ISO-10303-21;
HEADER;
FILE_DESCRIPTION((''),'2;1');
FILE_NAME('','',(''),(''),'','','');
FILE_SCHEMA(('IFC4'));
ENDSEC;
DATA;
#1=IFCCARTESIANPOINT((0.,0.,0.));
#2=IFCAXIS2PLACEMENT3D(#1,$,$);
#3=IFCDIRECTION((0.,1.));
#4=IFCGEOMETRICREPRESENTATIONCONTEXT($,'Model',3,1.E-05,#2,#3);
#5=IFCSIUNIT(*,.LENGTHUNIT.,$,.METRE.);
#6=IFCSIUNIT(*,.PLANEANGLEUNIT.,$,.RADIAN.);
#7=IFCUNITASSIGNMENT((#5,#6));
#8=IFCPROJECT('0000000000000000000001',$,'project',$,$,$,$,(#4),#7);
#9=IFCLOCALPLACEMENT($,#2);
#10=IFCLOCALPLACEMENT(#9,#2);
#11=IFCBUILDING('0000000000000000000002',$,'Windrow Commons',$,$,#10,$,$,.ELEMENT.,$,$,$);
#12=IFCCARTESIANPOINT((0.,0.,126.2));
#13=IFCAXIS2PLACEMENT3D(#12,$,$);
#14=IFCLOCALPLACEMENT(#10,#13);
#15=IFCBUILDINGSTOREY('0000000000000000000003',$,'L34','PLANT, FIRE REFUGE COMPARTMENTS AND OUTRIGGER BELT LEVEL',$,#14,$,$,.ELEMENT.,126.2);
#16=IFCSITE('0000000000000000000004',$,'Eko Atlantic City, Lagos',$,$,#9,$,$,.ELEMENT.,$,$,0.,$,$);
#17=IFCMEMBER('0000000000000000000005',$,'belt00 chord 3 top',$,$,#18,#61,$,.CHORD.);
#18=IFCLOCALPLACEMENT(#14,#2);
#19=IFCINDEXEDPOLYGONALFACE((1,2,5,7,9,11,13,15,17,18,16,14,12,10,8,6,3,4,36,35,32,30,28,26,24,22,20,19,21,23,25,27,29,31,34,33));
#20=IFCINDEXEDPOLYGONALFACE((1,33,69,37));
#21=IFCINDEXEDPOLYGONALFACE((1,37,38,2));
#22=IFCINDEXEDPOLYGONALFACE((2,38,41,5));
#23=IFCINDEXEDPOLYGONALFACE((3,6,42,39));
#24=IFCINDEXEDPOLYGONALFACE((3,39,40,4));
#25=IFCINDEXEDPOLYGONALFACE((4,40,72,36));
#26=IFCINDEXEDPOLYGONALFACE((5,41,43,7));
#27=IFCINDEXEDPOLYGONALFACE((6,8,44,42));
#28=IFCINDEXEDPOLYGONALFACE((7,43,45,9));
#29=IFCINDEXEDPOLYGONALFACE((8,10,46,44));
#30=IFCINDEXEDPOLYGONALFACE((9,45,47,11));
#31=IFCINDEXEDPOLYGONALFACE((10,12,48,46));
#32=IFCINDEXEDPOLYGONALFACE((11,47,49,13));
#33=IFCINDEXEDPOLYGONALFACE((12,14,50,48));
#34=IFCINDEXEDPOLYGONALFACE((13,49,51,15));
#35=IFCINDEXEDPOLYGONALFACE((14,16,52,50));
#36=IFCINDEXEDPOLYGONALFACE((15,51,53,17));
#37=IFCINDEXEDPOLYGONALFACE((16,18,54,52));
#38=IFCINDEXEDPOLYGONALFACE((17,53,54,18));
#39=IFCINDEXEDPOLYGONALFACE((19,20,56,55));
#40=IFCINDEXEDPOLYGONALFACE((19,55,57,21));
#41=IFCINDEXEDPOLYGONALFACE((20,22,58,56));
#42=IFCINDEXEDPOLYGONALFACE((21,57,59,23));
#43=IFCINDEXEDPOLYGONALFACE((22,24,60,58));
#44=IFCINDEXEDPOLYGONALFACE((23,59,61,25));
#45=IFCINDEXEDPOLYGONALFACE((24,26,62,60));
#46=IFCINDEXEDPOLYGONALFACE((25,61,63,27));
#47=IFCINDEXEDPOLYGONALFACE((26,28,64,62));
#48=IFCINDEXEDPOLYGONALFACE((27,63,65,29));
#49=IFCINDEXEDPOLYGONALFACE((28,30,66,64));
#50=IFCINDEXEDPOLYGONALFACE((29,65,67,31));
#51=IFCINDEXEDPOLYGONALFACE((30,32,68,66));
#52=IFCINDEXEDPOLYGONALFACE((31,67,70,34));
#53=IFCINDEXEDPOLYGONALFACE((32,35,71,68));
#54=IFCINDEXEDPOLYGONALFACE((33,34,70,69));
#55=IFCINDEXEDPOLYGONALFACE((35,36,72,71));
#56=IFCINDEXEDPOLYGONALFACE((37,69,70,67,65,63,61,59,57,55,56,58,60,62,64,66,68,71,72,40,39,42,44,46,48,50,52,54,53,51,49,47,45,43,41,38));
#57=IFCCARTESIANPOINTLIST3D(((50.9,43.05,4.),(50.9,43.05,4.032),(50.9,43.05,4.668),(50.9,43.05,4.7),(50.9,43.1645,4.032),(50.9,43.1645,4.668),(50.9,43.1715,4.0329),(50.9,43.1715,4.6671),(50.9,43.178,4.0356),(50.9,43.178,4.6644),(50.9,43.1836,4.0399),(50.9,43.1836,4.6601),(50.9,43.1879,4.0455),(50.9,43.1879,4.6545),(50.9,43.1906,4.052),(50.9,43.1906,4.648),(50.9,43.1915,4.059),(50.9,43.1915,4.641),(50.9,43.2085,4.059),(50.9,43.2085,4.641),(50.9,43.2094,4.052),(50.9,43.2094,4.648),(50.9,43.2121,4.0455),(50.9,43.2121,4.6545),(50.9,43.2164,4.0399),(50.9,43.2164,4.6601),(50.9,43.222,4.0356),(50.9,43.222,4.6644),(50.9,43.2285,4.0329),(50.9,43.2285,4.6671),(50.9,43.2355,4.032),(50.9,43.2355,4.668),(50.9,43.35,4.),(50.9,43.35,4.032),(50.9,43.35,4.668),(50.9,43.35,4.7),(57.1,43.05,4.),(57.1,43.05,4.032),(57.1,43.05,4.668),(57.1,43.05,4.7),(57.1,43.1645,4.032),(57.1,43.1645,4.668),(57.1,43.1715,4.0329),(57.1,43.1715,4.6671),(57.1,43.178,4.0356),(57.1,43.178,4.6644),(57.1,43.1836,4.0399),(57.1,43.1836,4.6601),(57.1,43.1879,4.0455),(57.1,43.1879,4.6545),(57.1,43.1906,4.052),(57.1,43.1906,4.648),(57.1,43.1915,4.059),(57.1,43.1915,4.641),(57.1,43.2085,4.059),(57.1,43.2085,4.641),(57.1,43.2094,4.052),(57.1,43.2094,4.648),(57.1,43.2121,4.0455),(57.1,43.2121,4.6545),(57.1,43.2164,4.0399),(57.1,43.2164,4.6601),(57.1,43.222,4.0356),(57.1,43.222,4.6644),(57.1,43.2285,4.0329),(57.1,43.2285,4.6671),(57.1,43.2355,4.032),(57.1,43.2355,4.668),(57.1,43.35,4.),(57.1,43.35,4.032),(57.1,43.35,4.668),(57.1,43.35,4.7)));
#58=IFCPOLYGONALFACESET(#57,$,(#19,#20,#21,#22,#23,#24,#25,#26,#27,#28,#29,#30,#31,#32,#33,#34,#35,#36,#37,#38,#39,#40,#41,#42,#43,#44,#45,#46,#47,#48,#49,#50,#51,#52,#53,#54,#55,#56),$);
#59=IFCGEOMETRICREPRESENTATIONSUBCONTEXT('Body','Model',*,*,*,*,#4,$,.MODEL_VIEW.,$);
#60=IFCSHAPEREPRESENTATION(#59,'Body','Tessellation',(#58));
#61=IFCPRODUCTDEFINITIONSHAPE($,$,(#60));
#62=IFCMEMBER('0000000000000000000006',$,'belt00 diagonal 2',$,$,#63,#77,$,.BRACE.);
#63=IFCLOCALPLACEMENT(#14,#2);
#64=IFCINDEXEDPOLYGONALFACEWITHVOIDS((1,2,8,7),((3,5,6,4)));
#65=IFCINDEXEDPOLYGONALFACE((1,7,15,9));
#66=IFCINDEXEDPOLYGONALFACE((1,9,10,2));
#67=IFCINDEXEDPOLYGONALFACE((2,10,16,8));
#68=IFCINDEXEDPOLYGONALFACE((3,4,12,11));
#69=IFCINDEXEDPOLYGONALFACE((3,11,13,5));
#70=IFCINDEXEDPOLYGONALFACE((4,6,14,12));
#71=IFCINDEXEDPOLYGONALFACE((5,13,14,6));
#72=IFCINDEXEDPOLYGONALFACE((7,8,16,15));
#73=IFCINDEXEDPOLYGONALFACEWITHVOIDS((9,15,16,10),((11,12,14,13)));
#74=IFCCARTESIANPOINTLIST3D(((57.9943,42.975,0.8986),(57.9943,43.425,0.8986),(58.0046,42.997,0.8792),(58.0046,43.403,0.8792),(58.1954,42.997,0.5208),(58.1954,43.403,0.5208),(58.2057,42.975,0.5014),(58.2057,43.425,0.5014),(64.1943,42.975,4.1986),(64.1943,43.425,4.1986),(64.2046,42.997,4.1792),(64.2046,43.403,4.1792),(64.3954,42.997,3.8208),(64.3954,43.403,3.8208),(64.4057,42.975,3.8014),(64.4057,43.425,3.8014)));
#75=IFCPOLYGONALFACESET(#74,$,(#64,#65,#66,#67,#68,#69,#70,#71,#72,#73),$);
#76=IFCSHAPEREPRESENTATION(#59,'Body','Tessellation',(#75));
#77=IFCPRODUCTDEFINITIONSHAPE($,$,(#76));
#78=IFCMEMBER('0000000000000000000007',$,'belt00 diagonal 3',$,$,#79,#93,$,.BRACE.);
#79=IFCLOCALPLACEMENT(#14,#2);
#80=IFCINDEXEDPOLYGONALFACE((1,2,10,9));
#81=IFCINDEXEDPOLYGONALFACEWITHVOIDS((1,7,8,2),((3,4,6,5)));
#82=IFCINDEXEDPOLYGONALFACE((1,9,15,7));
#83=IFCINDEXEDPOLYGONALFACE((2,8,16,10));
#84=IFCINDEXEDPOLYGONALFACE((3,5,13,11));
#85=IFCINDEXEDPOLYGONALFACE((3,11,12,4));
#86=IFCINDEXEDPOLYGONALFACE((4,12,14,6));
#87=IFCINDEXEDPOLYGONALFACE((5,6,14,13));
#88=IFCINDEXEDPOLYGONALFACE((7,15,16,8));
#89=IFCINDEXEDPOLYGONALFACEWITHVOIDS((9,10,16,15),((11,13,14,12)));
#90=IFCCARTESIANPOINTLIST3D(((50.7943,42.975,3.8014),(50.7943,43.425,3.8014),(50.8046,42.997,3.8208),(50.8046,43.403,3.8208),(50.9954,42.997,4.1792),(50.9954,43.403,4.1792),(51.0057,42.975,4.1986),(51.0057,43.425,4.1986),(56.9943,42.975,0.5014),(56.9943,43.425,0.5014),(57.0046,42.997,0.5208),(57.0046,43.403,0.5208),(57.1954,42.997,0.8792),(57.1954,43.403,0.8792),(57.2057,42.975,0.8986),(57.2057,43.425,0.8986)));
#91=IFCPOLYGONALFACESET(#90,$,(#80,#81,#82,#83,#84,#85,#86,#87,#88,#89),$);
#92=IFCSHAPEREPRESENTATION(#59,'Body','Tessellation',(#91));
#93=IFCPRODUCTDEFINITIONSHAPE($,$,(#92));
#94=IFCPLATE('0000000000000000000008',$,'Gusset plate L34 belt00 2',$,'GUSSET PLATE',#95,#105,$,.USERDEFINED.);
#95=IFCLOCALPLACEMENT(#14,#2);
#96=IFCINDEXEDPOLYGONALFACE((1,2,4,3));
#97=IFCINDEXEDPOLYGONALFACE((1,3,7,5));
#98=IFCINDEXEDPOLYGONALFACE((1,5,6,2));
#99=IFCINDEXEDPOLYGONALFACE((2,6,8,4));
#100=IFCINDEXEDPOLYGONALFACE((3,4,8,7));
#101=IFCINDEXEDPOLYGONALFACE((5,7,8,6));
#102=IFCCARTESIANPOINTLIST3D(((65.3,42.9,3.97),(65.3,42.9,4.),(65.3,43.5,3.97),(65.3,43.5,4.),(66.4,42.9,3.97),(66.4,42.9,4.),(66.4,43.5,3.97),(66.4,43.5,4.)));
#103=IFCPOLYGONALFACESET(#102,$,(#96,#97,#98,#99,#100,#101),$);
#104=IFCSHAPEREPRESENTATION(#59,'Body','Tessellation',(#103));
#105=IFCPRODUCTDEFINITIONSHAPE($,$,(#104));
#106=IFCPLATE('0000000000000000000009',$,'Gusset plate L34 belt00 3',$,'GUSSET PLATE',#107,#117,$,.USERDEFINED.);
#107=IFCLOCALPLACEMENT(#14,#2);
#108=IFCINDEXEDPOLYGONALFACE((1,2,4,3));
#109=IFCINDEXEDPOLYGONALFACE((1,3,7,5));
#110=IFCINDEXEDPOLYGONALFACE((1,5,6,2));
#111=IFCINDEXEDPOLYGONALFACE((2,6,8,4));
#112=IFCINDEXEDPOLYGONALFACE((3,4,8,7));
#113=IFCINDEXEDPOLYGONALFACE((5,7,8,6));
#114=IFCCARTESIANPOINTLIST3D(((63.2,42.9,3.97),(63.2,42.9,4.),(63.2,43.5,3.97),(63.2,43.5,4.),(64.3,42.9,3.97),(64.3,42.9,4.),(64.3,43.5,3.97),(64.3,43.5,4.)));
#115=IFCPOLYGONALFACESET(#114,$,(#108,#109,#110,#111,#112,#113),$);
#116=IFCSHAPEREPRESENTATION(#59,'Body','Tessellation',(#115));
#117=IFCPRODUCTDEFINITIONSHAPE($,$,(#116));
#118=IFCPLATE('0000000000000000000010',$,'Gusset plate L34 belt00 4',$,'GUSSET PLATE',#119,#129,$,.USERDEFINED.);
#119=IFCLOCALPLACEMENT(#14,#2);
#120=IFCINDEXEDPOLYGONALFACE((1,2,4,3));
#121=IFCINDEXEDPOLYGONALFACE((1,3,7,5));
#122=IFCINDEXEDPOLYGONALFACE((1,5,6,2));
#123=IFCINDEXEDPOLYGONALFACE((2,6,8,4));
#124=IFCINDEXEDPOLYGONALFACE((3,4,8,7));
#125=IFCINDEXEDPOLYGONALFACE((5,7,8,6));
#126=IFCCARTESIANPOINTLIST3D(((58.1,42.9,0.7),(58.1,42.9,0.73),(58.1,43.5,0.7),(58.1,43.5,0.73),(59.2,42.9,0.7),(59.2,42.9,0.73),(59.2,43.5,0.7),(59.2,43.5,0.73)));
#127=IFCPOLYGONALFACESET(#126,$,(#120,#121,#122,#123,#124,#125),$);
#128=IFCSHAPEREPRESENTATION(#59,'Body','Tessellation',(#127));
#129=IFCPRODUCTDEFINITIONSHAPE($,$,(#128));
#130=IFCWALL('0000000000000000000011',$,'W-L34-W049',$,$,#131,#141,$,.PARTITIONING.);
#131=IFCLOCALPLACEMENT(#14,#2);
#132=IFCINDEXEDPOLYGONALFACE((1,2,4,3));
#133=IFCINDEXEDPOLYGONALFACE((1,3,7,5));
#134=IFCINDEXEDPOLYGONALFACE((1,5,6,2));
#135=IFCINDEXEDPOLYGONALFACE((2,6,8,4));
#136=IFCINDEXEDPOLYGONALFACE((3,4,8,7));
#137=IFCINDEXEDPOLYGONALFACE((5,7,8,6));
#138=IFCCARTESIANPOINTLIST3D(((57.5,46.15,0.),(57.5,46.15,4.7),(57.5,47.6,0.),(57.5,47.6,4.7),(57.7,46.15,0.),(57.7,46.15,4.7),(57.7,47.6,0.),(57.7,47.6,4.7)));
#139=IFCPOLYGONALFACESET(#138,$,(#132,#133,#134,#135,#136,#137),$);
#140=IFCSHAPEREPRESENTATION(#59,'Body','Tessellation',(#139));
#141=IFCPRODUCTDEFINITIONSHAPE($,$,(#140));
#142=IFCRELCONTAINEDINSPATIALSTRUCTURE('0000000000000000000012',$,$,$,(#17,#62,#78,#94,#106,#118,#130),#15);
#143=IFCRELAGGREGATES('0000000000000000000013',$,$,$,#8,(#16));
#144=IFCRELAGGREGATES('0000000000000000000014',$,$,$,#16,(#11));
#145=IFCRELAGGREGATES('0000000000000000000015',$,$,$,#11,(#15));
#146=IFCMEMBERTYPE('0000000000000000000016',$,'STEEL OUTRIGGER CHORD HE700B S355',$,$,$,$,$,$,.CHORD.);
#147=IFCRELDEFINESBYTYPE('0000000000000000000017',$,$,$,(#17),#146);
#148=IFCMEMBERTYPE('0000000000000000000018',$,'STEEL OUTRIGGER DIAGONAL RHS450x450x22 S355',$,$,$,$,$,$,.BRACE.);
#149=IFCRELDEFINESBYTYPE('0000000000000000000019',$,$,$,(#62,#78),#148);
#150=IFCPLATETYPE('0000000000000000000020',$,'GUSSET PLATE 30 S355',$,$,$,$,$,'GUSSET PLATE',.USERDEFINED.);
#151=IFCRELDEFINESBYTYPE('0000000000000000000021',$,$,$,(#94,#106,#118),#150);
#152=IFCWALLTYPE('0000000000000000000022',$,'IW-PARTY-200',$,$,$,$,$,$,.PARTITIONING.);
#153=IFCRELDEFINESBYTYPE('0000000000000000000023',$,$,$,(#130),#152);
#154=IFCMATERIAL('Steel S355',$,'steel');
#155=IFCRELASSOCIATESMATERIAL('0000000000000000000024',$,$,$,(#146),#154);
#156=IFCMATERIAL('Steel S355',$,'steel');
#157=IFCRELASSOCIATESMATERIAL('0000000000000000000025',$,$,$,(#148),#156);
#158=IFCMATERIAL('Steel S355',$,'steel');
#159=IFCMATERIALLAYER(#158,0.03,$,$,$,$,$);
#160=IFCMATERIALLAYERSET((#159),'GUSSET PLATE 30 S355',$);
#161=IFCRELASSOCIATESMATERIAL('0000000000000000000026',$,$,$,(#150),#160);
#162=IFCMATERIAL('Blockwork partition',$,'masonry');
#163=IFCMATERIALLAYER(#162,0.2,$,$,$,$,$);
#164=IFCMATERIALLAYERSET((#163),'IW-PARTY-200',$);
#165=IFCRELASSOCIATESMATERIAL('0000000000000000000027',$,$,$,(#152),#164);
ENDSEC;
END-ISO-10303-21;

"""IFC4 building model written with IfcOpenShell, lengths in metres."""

from ifc_helpers import new_model, si_unit, direction, frame, frame_2d, origin, origin_2d, place, context, subcontext, project, spatial, rectangle, hollow_rectangle, i_section, extrude, material, layer, layer_set, material_profile, profile_set, type_object, element, save


model = new_model("IFC4")

# Units and contexts
model_context = context("Model", 3, precision=1e-05, world=origin(), true_north=direction((0.0, 1.0)))
body_context = subcontext(model_context, "Body", "Model", "MODEL_VIEW")
ifc_project = project(units=[si_unit("LENGTHUNIT", "METRE"), si_unit("PLANEANGLEUNIT", "RADIAN")], contexts=[model_context])

# Site, building, storey
site_placement = place(None, origin())
site = spatial("IfcSite", under=ifc_project, at=site_placement, Name="Eko Atlantic City, Lagos", CompositionType="ELEMENT", RefElevation=0.0)
building_placement = place(site_placement, origin())
building = spatial("IfcBuilding", under=site, at=building_placement, Name="Windrow Commons", CompositionType="ELEMENT")
storey_placement = place(building_placement, frame((0.0, 0.0, 126.2)))
storey = spatial("IfcBuildingStorey", under=building, at=storey_placement, Name="L34", Description="PLANT, FIRE REFUGE COMPARTMENTS AND OUTRIGGER BELT LEVEL", CompositionType="ELEMENT", Elevation=126.2)

# Members
ifc_material_1 = material(Name="Steel S355", Category="steel")
ifc_material_profile_1 = material_profile(ifc_material_1, i_section(OverallWidth=0.3, OverallDepth=0.7, WebThickness=0.017, FlangeThickness=0.032, FilletRadius=0.027, at=origin_2d()))
ifc_profile_set_1 = profile_set([ifc_material_profile_1], Name="Steel S355")
member_type_1 = type_object("IfcMemberType", Name="STEEL OUTRIGGER CHORD HE700B S355", PredefinedType="CHORD", material=ifc_profile_set_1)
for number, where, z_axis, x_axis, name in (
    (1, (57.1, 43.2, 4.35), (-1.0, 0.0, 0.0), (0.0, -1.0, 0.0), "belt00 chord 3 top"),
):
    element("IfcMember", number, at=place(storey_placement, frame(where, z_axis=z_axis, x_axis=x_axis)), inside=storey, type_object=member_type_1, Name=name, PredefinedType="CHORD", context=body_context, shape_type="SweptSolid", body=[
        extrude(i_section(OverallWidth=0.3, OverallDepth=0.7, WebThickness=0.017, FlangeThickness=0.032, FilletRadius=0.027, at=origin_2d()), origin(), (0.0, 0.0, 1.0), 6.2),
    ])
ifc_material_2 = material(Name="Steel S355", Category="steel")
ifc_material_profile_2 = material_profile(ifc_material_2, hollow_rectangle(XDim=0.45, YDim=0.45, WallThickness=0.022, at=origin_2d()))
ifc_profile_set_2 = profile_set([ifc_material_profile_2], Name="Steel S355")
member_type_2 = type_object("IfcMemberType", Name="STEEL OUTRIGGER DIAGONAL RHS450x450x22 S355", PredefinedType="BRACE", material=ifc_profile_set_2)
for number, where, z_axis, x_axis, name in (
    (2, (64.3, 43.2, 4.0), (-0.882747, 0.0, -0.469849), (0.0, -1.0, 0.0), "belt00 diagonal 2"),
    (3, (57.1, 43.2, 0.7), (-0.882747, 0.0, 0.469849), (0.0, -1.0, 0.0), "belt00 diagonal 3"),
):
    element("IfcMember", number, at=place(storey_placement, frame(where, z_axis=z_axis, x_axis=x_axis)), inside=storey, type_object=member_type_2, Name=name, PredefinedType="BRACE", context=body_context, shape_type="SweptSolid", body=[
        extrude(hollow_rectangle(XDim=0.45, YDim=0.45, WallThickness=0.022, at=origin_2d()), origin(), (0.0, 0.0, 1.0), 7.0235),
    ])

# Plates
ifc_material_3 = material(Name="Steel S355", Category="steel")
ifc_layer_1 = layer(ifc_material_3, 0.03)
ifc_layer_set_1 = layer_set([ifc_layer_1], Name="GUSSET PLATE 30 S355")
plate_type = type_object("IfcPlateType", Name="GUSSET PLATE 30 S355", ElementType="GUSSET PLATE", PredefinedType="USERDEFINED", material=ifc_layer_set_1)
for number, where, z_axis, x_axis, name in (
    (4, (65.85, 43.2, 3.97), (0.0, 0.0, 1.0), (-1.0, 0.0, 0.0), "Gusset plate L34 belt00 2"),
    (5, (63.75, 43.2, 3.97), (0.0, 0.0, 1.0), (-1.0, 0.0, 0.0), "Gusset plate L34 belt00 3"),
    (6, (58.65, 43.2, 0.7), (0.0, 0.0, 1.0), (-1.0, 0.0, 0.0), "Gusset plate L34 belt00 4"),
):
    element("IfcPlate", number, at=place(storey_placement, frame(where, z_axis=z_axis, x_axis=x_axis)), inside=storey, type_object=plate_type, Name=name, ObjectType="GUSSET PLATE", PredefinedType="USERDEFINED", context=body_context, shape_type="SweptSolid", body=[
        extrude(rectangle(XDim=1.1, YDim=0.6, at=origin_2d()), origin(), (0.0, 0.0, 1.0), 0.03),
    ])

# Wall
ifc_material_4 = material(Name="Blockwork partition", Category="masonry")
ifc_layer_2 = layer(ifc_material_4, 0.2)
ifc_layer_set_2 = layer_set([ifc_layer_2], Name="IW-PARTY-200")
wall_type = type_object("IfcWallType", Name="IW-PARTY-200", PredefinedType="PARTITIONING", material=ifc_layer_set_2)
wall_placement = place(storey_placement, frame((57.6, 46.15, 0.0), z_axis=(0.0, 0.0, 1.0), x_axis=(0.0, 1.0, 0.0)))
element("IfcWall", 7, at=wall_placement, inside=storey, type_object=wall_type, Name="W-L34-W049", PredefinedType="PARTITIONING", context=body_context, shape_type="SweptSolid", body=[
    extrude(rectangle(XDim=1.45, YDim=0.2, at=frame_2d((0.725, 0.0))), origin(), (0.0, 0.0, 1.0), 4.7),
])

save(model, "model.ifc")
